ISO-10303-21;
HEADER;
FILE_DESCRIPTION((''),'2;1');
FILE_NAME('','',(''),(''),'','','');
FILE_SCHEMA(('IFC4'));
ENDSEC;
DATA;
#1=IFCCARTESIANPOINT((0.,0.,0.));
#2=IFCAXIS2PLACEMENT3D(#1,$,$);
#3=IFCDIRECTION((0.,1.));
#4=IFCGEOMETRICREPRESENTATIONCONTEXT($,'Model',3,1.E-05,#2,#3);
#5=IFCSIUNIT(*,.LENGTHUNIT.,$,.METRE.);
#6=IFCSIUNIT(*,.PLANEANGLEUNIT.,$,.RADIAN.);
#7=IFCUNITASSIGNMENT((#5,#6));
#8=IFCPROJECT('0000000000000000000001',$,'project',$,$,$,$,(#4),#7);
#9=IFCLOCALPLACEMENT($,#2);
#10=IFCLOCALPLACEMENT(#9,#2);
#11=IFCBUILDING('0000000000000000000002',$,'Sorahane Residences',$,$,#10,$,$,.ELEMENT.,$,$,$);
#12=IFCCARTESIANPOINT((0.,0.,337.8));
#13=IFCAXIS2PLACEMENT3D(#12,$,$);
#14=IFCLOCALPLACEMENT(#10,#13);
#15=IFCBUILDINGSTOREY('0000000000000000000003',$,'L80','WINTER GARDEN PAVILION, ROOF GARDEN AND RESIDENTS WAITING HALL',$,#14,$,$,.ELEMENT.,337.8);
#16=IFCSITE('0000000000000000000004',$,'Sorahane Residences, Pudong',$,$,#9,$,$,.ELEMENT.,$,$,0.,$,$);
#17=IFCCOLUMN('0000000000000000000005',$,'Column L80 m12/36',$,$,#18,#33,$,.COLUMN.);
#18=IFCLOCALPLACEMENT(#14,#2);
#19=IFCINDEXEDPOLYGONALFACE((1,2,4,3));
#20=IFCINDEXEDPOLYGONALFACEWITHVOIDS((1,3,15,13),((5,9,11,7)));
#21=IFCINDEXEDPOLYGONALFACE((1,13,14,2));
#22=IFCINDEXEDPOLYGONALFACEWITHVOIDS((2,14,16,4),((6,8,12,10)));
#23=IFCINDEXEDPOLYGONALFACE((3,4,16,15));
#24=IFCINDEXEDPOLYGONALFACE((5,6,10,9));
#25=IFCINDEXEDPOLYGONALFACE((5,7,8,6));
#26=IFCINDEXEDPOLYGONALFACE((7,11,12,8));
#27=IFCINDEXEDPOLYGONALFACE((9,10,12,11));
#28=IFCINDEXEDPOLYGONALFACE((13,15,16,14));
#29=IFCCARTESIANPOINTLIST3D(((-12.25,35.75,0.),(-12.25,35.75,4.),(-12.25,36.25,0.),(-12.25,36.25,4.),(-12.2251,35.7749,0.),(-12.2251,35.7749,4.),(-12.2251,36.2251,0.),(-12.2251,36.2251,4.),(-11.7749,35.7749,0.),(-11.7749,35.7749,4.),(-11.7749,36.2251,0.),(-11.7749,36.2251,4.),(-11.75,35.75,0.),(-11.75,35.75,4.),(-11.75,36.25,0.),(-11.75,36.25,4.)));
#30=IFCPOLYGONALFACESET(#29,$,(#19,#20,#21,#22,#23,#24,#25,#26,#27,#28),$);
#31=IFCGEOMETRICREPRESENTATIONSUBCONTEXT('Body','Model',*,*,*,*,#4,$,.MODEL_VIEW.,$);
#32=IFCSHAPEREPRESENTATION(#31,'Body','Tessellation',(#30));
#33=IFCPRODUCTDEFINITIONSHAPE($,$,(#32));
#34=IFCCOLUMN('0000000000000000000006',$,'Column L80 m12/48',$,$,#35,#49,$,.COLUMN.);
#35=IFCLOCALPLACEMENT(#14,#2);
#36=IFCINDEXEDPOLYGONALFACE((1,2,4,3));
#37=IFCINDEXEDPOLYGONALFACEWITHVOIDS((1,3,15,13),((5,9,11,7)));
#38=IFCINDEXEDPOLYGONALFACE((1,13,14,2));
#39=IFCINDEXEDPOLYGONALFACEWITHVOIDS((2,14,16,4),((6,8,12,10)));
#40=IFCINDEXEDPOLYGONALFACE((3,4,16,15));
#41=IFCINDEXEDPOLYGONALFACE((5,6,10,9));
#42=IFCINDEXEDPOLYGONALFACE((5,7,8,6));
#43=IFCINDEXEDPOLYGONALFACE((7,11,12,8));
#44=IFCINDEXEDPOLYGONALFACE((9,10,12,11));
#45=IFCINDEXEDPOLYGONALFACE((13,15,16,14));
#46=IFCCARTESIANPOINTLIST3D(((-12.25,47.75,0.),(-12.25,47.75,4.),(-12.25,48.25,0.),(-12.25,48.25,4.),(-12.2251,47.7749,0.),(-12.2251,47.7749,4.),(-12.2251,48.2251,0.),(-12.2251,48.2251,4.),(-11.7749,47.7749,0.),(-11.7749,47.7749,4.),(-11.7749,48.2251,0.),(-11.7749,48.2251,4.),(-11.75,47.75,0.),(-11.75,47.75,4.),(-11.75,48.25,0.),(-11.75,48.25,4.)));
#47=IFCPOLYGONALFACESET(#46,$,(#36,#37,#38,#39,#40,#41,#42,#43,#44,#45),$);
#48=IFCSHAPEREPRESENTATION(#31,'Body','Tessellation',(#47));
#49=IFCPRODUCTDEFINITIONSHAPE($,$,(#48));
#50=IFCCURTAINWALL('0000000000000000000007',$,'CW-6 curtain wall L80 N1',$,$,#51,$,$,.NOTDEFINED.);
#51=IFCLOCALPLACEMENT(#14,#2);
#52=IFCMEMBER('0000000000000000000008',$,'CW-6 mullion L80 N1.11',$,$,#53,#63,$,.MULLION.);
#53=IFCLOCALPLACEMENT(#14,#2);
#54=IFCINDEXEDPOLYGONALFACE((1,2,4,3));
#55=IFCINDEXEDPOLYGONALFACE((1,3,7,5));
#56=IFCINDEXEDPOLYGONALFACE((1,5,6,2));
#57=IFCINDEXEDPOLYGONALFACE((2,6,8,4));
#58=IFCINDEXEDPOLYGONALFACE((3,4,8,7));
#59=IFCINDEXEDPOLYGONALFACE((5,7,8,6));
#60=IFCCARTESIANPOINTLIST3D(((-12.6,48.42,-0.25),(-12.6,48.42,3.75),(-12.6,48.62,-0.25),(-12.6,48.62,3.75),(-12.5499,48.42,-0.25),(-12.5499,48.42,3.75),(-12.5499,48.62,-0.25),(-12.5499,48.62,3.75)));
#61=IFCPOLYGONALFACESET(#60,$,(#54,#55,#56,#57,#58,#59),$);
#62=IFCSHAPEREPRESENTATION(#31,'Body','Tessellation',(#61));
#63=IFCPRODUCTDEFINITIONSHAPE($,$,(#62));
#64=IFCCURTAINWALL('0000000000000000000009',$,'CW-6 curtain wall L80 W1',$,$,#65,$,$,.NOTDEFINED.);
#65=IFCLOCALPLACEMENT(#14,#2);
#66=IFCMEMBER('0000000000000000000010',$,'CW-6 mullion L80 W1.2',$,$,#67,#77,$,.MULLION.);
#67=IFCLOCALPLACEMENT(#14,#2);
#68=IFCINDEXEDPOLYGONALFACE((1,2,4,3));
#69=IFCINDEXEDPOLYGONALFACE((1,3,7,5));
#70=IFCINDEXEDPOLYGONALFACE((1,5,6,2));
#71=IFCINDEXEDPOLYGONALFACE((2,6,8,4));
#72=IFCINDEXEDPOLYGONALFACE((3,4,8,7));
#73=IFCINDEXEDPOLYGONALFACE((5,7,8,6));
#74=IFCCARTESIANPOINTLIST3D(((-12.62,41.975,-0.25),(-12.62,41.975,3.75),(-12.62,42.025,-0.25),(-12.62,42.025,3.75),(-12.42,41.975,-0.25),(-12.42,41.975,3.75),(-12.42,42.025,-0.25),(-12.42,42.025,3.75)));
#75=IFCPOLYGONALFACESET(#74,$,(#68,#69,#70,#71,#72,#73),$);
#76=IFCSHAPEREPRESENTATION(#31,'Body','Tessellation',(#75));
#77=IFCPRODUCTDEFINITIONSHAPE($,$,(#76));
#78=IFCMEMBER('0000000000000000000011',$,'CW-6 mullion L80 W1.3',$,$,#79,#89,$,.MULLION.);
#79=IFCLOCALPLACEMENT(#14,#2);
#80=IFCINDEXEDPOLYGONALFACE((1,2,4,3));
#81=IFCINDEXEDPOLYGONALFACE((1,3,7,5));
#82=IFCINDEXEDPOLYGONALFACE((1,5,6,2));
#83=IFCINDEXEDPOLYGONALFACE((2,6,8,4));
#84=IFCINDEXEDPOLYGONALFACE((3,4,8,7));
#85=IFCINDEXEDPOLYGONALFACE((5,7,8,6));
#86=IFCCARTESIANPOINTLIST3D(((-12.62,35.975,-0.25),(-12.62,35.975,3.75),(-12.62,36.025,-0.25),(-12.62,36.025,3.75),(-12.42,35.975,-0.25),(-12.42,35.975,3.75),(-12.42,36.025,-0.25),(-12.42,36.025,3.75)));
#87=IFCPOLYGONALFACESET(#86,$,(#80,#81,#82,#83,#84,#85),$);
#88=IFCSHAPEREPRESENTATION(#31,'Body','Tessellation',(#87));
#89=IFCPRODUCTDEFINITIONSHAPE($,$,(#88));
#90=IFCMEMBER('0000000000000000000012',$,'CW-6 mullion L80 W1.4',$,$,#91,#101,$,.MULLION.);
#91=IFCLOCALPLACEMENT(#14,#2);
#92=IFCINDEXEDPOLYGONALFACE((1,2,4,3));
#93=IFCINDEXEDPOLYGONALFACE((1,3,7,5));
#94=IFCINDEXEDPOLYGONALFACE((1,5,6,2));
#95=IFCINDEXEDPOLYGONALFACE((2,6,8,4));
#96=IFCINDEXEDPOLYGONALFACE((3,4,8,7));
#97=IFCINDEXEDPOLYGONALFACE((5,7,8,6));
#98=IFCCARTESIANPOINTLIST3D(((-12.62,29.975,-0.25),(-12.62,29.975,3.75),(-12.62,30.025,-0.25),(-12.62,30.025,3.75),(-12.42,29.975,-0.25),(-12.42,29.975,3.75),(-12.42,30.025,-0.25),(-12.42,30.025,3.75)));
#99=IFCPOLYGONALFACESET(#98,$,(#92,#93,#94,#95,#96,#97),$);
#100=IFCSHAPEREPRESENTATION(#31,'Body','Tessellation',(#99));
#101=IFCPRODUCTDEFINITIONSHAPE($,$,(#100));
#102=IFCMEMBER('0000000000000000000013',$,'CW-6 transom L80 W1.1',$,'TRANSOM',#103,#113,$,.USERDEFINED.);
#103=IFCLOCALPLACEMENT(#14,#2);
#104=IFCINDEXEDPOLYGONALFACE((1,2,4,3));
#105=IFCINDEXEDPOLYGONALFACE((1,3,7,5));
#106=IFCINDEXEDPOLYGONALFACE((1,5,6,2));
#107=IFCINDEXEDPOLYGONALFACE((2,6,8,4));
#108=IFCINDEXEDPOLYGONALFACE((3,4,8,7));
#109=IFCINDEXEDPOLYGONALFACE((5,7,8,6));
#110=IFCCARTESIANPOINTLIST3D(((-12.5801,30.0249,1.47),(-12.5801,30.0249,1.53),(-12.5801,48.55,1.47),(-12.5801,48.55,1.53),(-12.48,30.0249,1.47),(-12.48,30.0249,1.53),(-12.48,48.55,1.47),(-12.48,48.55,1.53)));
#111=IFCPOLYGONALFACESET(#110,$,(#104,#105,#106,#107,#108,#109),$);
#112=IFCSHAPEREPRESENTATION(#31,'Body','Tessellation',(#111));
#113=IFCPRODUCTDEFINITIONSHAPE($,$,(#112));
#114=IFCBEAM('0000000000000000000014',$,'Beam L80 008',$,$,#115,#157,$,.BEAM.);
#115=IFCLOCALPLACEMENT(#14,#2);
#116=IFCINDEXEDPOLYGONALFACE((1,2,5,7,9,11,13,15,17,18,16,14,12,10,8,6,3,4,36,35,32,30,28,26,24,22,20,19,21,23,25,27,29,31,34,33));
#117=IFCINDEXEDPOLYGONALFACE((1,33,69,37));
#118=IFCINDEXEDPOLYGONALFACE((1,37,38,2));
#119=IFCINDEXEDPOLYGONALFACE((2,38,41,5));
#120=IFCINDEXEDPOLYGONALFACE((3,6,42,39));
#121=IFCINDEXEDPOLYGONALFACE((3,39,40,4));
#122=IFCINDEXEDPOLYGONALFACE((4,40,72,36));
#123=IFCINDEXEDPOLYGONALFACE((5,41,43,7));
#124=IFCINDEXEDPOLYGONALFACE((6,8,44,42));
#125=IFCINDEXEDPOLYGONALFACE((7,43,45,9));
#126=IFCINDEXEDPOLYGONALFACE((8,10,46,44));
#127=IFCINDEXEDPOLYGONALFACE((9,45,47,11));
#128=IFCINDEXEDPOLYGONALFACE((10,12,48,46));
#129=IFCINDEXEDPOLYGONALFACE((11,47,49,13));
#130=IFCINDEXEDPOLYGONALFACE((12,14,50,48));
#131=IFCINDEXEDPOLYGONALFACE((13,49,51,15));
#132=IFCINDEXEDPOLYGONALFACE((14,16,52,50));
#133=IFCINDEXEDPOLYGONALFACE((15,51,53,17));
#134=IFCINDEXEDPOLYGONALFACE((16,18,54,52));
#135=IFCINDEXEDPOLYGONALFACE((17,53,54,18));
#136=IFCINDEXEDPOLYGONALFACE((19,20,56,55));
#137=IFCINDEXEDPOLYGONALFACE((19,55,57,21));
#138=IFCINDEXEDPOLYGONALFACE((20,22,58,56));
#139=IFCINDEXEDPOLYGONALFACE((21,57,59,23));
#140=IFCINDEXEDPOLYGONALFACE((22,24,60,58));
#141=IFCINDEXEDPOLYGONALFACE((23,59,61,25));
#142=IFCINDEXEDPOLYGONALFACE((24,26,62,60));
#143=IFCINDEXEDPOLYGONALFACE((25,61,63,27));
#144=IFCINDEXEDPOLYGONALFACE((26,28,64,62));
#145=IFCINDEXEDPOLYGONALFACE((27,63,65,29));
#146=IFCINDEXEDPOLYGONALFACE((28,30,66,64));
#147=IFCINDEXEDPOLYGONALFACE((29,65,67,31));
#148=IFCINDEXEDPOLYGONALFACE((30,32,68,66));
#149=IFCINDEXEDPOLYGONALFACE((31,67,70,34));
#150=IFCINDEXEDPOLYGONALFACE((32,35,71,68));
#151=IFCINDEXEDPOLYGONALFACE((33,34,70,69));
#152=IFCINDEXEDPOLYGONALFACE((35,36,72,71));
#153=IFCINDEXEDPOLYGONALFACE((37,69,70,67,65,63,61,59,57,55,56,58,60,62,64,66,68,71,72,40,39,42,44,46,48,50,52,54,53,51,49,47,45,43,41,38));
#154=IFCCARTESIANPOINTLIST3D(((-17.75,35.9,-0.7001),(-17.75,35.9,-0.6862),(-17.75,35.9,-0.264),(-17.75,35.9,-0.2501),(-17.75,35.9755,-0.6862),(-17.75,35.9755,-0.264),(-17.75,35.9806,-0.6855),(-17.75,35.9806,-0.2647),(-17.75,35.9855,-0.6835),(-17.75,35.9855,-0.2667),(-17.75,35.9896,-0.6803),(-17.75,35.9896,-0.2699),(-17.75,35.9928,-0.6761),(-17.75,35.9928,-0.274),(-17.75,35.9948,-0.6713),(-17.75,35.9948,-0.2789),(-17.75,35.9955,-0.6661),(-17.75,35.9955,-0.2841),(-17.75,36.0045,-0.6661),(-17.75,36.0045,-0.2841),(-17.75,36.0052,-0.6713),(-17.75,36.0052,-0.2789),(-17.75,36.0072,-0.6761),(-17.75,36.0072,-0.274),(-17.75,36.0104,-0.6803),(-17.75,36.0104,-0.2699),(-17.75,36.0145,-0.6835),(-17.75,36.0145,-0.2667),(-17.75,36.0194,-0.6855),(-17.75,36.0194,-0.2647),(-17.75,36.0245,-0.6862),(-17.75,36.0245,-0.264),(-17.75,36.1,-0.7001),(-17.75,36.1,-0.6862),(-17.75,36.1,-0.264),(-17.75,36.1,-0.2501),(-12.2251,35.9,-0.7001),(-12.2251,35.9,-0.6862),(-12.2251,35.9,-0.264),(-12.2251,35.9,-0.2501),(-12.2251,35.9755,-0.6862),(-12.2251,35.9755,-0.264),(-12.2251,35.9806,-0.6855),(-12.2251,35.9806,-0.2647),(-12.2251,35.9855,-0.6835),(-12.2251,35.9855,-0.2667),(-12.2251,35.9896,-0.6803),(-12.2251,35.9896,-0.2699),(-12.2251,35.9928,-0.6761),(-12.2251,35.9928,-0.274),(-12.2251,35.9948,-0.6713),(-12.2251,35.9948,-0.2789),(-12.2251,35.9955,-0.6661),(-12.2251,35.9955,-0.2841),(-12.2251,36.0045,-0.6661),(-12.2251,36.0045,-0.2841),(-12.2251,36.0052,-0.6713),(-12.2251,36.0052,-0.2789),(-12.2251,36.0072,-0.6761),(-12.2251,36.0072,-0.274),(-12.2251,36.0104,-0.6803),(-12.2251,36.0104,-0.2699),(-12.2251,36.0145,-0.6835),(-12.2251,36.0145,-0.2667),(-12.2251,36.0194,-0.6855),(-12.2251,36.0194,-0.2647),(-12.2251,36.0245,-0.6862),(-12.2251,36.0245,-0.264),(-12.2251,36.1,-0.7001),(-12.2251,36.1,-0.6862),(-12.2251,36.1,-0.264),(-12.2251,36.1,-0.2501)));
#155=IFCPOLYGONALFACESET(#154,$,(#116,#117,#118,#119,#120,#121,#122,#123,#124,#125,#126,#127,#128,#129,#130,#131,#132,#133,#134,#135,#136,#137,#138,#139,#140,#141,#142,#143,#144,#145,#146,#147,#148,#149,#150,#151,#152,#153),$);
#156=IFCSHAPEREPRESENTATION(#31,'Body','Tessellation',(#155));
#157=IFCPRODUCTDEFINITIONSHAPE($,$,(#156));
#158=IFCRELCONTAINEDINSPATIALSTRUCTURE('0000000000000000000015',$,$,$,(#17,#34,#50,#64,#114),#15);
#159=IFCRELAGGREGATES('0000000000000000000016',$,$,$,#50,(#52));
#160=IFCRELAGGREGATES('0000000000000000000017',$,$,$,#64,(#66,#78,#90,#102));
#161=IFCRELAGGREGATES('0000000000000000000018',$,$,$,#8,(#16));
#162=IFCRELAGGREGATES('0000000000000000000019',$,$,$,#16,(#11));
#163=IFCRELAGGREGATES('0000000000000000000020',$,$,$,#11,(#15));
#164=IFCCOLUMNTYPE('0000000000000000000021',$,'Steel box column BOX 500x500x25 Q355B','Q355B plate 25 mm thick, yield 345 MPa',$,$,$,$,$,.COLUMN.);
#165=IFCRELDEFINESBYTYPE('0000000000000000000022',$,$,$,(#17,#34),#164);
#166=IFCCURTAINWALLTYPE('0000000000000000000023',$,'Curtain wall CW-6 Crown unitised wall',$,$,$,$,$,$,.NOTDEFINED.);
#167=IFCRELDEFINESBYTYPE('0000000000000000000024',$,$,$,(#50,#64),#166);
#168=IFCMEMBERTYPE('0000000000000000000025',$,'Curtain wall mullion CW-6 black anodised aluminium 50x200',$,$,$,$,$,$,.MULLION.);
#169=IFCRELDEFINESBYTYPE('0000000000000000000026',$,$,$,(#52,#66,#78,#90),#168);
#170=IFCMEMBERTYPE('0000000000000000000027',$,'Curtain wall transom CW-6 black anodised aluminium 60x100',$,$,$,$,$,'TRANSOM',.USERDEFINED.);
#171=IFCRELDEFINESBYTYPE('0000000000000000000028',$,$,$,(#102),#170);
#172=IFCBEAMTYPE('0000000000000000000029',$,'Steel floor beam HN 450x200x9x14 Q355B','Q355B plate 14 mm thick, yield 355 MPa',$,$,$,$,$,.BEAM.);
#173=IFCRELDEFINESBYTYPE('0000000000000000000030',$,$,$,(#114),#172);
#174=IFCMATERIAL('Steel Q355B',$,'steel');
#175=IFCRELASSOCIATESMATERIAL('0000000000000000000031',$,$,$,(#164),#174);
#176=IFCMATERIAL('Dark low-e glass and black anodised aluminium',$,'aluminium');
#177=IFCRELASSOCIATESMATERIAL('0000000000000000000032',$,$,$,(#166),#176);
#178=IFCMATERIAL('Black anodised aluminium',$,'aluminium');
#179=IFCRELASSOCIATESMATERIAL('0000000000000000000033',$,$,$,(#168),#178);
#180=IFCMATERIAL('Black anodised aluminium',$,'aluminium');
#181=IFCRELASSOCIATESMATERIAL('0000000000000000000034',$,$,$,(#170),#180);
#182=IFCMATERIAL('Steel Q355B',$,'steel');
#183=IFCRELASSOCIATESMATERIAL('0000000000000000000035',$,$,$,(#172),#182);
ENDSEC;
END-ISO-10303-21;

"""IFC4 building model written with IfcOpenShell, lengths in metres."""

from ifc_helpers import new_model, si_unit, direction, frame, origin, origin_2d, place, context, subcontext, project, spatial, rectangle, hollow_rectangle, i_section, extrude, material, material_profile, profile_set, type_object, element, aggregate, save


model = new_model("IFC4")

# Units and contexts
model_context = context("Model", 3, precision=1e-05, world=origin(), true_north=direction((0.0, 1.0)))
body_context = subcontext(model_context, "Body", "Model", "MODEL_VIEW")
ifc_project = project(units=[si_unit("LENGTHUNIT", "METRE"), si_unit("PLANEANGLEUNIT", "RADIAN")], contexts=[model_context])

# Site, building, storey
site_placement = place(None, origin())
site = spatial("IfcSite", under=ifc_project, at=site_placement, Name="Sorahane Residences, Pudong", CompositionType="ELEMENT", RefElevation=0.0)
building_placement = place(site_placement, origin())
building = spatial("IfcBuilding", under=site, at=building_placement, Name="Sorahane Residences", CompositionType="ELEMENT")
storey_placement = place(building_placement, frame((0.0, 0.0, 337.8)))
storey = spatial("IfcBuildingStorey", under=building, at=storey_placement, Name="L80", Description="WINTER GARDEN PAVILION, ROOF GARDEN AND RESIDENTS WAITING HALL", CompositionType="ELEMENT", Elevation=337.8)

# Columns
ifc_material_1 = material(Name="Steel Q355B", Category="steel")
ifc_material_profile_1 = material_profile(ifc_material_1, hollow_rectangle(XDim=0.5, YDim=0.5, WallThickness=0.0249, at=origin_2d()), Name="BOX 500x500x25")
ifc_profile_set_1 = profile_set([ifc_material_profile_1], Name="Steel Q355B")
column_type = type_object("IfcColumnType", Name="Steel box column BOX 500x500x25 Q355B", Description="Q355B plate 25 mm thick, yield 345 MPa", PredefinedType="COLUMN", material=ifc_profile_set_1)
for number, where, z_axis, x_axis, name in (
    (1, (-12.0, 36.0, 0.0), (0.0, 0.0, 1.0), (1.0, 0.0, 0.0), "Column L80 m12/36"),
    (2, (-12.0, 48.0, 0.0), (0.0, 0.0, 1.0), (1.0, 0.0, 0.0), "Column L80 m12/48"),
):
    element("IfcColumn", number, at=place(storey_placement, frame(where, z_axis=z_axis, x_axis=x_axis)), inside=storey, type_object=column_type, Name=name, PredefinedType="COLUMN", context=body_context, shape_type="SweptSolid", body=[
        extrude(hollow_rectangle(XDim=0.5, YDim=0.5, WallThickness=0.0249, at=origin_2d()), origin(), (0.0, 0.0, 1.0), 4.0),
    ])

# Curtain wall, member
ifc_material_2 = material(Name="Dark low-e glass and black anodised aluminium", Category="aluminium")
curtain_wall_type = type_object("IfcCurtainWallType", Name="Curtain wall CW-6 Crown unitised wall", PredefinedType="NOTDEFINED", material=ifc_material_2)
curtain_wall_1_placement = place(storey_placement, origin())
curtain_wall_1 = element("IfcCurtainWall", 3, at=curtain_wall_1_placement, inside=storey, type_object=curtain_wall_type, Name="CW-6 curtain wall L80 N1", PredefinedType="NOTDEFINED")
ifc_material_3 = material(Name="Black anodised aluminium", Category="aluminium")
ifc_material_profile_2 = material_profile(ifc_material_3, rectangle(XDim=0.2, YDim=0.05, at=origin_2d()), Name="Curtain wall mullion CW-6 black anodised aluminium 50x200")
ifc_profile_set_2 = profile_set([ifc_material_profile_2], Name="Black anodised aluminium")
member_type_1 = type_object("IfcMemberType", Name="Curtain wall mullion CW-6 black anodised aluminium 50x200", PredefinedType="MULLION", material=ifc_profile_set_2)
member_1_placement = place(storey_placement, frame((-12.575, 48.52, -0.25), z_axis=(0.0, 0.0, 1.0), x_axis=(0.0, 1.0, 0.0)))
member_1 = element("IfcMember", 4, at=member_1_placement, type_object=member_type_1, Name="CW-6 mullion L80 N1.11", PredefinedType="MULLION", context=body_context, shape_type="SweptSolid", body=[
    extrude(rectangle(XDim=0.2, YDim=0.05, at=origin_2d()), origin(), (0.0, 0.0, 1.0), 4.0),
])
aggregate(curtain_wall_1, [member_1])

# Curtain wall, members
curtain_wall_2_placement = place(storey_placement, origin())
curtain_wall_2 = element("IfcCurtainWall", 5, at=curtain_wall_2_placement, inside=storey, type_object=curtain_wall_type, Name="CW-6 curtain wall L80 W1", PredefinedType="NOTDEFINED")
member_2_placement = place(storey_placement, frame((-12.52, 42.0, -0.25), z_axis=(0.0, 0.0, 1.0), x_axis=(-1.0, 0.0, 0.0)))
member_2 = element("IfcMember", 6, at=member_2_placement, type_object=member_type_1, Name="CW-6 mullion L80 W1.2", PredefinedType="MULLION", context=body_context, shape_type="SweptSolid", body=[
    extrude(rectangle(XDim=0.2, YDim=0.05, at=origin_2d()), origin(), (0.0, 0.0, 1.0), 4.0),
])
member_3_placement = place(storey_placement, frame((-12.52, 36.0, -0.25), z_axis=(0.0, 0.0, 1.0), x_axis=(-1.0, 0.0, 0.0)))
member_3 = element("IfcMember", 7, at=member_3_placement, type_object=member_type_1, Name="CW-6 mullion L80 W1.3", PredefinedType="MULLION", context=body_context, shape_type="SweptSolid", body=[
    extrude(rectangle(XDim=0.2, YDim=0.05, at=origin_2d()), origin(), (0.0, 0.0, 1.0), 4.0),
])
member_4_placement = place(storey_placement, frame((-12.52, 30.0, -0.25), z_axis=(0.0, 0.0, 1.0), x_axis=(-1.0, 0.0, 0.0)))
member_4 = element("IfcMember", 8, at=member_4_placement, type_object=member_type_1, Name="CW-6 mullion L80 W1.4", PredefinedType="MULLION", context=body_context, shape_type="SweptSolid", body=[
    extrude(rectangle(XDim=0.2, YDim=0.05, at=origin_2d()), origin(), (0.0, 0.0, 1.0), 4.0),
])
ifc_material_4 = material(Name="Black anodised aluminium", Category="aluminium")
ifc_material_profile_3 = material_profile(ifc_material_4, rectangle(XDim=0.1001, YDim=0.0601, at=origin_2d()), Name="Curtain wall transom CW-6 black anodised aluminium 60x100")
ifc_profile_set_3 = profile_set([ifc_material_profile_3], Name="Black anodised aluminium")
member_type_2 = type_object("IfcMemberType", Name="Curtain wall transom CW-6 black anodised aluminium 60x100", ElementType="TRANSOM", PredefinedType="USERDEFINED", material=ifc_profile_set_3)
member_5_placement = place(storey_placement, frame((-12.53, 48.55, 1.5), z_axis=(0.0, -1.0, 0.0), x_axis=(1.0, 0.0, 0.0)))
member_5 = element("IfcMember", 9, at=member_5_placement, type_object=member_type_2, Name="CW-6 transom L80 W1.1", ObjectType="TRANSOM", PredefinedType="USERDEFINED", context=body_context, shape_type="SweptSolid", body=[
    extrude(rectangle(XDim=0.1001, YDim=0.0601, at=origin_2d()), origin(), (0.0, 0.0, 1.0), 18.5251),
])

# Beam
ifc_material_5 = material(Name="Steel Q355B", Category="steel")
ifc_material_profile_4 = material_profile(ifc_material_5, i_section(OverallWidth=0.2, OverallDepth=0.45, WebThickness=0.009, FlangeThickness=0.0139, FilletRadius=0.02, at=origin_2d()), Name="HN 450x200x9x14")
ifc_profile_set_4 = profile_set([ifc_material_profile_4], Name="Steel Q355B")
beam_type_1 = type_object("IfcBeamType", Name="Steel floor beam HN 450x200x9x14 Q355B", Description="Q355B plate 14 mm thick, yield 355 MPa", PredefinedType="BEAM", material=ifc_profile_set_4)
beam_1_placement = place(storey_placement, frame((-17.75, 36.0, -0.4751), z_axis=(1.0, 0.0, 0.0), x_axis=(0.0, 1.0, 0.0)))
element("IfcBeam", 10, at=beam_1_placement, inside=storey, type_object=beam_type_1, Name="Beam L80 008", PredefinedType="BEAM", context=body_context, shape_type="SweptSolid", body=[
    extrude(i_section(OverallWidth=0.2, OverallDepth=0.45, WebThickness=0.009, FlangeThickness=0.0139, FilletRadius=0.02, at=origin_2d()), origin(), (0.0, 0.0, 1.0), 5.5249),
])

aggregate(curtain_wall_2, [member_2, member_3, member_4, member_5])

save(model, "model.ifc")
